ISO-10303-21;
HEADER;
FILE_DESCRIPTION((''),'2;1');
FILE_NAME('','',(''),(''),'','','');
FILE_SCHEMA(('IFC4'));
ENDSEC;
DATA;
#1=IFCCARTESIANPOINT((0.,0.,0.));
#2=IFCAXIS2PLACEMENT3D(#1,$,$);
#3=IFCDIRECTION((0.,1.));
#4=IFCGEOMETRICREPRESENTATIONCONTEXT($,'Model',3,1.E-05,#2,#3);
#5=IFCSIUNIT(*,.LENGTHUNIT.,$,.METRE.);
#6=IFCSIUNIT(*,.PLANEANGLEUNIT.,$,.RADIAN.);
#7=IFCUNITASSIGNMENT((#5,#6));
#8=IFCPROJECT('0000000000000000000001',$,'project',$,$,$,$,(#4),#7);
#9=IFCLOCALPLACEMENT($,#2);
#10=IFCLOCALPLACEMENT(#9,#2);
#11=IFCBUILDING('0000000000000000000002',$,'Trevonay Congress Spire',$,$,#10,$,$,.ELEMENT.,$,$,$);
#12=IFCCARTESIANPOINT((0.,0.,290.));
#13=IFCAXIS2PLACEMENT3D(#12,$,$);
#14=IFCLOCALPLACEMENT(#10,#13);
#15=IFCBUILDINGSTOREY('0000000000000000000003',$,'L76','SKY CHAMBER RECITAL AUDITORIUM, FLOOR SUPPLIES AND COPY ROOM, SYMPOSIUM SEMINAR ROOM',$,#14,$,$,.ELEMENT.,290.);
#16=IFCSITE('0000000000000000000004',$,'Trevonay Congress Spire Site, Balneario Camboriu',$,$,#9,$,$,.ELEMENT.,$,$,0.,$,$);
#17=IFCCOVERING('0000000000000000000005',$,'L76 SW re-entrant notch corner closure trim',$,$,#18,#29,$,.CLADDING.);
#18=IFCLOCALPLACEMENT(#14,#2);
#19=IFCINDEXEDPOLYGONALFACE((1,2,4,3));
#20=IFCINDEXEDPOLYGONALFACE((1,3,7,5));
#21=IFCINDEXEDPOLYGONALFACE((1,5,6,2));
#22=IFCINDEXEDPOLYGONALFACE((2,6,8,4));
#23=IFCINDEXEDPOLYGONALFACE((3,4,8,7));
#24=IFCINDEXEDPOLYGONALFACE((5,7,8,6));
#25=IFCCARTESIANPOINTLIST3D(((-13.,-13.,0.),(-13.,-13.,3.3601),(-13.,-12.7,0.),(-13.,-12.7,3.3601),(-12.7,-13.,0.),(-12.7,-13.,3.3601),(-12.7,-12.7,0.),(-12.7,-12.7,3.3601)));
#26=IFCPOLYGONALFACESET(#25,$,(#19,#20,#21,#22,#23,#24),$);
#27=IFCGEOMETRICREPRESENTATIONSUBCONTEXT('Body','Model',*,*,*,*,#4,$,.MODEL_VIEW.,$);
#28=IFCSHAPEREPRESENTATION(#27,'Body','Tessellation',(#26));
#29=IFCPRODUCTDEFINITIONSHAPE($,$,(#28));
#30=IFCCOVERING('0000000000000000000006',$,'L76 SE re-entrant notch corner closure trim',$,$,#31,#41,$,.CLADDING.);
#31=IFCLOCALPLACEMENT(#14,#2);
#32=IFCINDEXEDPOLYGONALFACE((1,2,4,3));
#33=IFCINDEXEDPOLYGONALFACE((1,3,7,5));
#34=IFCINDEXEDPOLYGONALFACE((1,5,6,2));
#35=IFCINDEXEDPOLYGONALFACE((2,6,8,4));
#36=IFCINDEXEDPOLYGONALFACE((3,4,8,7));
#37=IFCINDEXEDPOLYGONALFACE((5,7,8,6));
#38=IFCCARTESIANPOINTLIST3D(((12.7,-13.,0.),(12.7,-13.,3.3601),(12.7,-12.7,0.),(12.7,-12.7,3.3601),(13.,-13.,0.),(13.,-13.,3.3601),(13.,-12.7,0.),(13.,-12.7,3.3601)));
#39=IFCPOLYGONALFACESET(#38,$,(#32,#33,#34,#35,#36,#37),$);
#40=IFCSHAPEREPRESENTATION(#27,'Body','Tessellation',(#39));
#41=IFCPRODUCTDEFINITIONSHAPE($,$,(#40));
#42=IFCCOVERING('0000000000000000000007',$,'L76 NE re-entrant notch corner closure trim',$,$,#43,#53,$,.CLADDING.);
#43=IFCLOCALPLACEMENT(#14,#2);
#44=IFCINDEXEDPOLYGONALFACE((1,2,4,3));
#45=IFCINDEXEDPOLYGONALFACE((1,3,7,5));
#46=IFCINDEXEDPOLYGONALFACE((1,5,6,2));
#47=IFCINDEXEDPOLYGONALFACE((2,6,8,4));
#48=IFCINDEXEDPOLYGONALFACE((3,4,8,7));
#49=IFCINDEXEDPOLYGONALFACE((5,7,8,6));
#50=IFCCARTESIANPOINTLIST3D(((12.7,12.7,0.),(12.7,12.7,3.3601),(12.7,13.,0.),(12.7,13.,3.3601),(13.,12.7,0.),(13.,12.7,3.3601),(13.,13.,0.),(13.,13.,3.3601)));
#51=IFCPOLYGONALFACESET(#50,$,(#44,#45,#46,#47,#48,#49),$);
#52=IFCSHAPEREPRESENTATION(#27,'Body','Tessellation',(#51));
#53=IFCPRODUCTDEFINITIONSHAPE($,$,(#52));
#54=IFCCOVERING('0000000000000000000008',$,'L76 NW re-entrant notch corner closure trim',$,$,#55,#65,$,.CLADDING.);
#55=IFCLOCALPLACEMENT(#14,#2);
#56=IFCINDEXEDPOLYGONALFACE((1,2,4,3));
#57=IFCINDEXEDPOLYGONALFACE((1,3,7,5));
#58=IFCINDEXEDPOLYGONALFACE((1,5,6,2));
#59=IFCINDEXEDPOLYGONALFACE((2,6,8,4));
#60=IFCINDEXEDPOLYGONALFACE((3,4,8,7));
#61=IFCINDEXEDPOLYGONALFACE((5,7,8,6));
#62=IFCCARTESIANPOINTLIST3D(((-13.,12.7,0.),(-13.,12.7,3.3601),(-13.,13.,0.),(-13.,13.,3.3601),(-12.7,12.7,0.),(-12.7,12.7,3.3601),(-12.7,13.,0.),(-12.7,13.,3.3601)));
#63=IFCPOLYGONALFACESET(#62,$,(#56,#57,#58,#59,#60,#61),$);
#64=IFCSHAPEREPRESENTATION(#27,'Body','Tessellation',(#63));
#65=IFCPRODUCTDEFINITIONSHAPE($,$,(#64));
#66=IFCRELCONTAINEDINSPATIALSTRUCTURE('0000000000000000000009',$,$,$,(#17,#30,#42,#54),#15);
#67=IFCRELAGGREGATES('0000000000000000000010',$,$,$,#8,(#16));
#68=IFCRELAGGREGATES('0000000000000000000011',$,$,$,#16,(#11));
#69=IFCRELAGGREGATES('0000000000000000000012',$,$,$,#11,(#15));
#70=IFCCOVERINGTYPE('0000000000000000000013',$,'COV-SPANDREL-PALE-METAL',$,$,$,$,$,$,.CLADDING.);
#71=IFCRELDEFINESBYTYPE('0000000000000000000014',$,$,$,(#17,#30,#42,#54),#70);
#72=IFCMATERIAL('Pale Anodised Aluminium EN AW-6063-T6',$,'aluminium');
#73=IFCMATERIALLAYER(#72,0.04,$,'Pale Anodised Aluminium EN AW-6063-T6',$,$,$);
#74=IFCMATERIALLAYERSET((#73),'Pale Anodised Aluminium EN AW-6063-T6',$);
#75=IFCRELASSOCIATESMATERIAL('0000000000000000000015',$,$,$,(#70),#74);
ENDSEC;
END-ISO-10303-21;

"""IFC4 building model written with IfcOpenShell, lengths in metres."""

from ifc_helpers import new_model, si_unit, direction, frame, origin, place, context, subcontext, project, spatial, polyline, outline, extrude, material, layer, layer_set, type_object, element, save


model = new_model("IFC4")

# Units and contexts
model_context = context("Model", 3, precision=1e-05, world=origin(), true_north=direction((0.0, 1.0)))
body_context = subcontext(model_context, "Body", "Model", "MODEL_VIEW")
ifc_project = project(units=[si_unit("LENGTHUNIT", "METRE"), si_unit("PLANEANGLEUNIT", "RADIAN")], contexts=[model_context])

# Site, building, storey
site_placement = place(None, origin())
site = spatial("IfcSite", under=ifc_project, at=site_placement, Name="Trevonay Congress Spire Site, Balneario Camboriu", CompositionType="ELEMENT", RefElevation=0.0)
building_placement = place(site_placement, origin())
building = spatial("IfcBuilding", under=site, at=building_placement, Name="Trevonay Congress Spire", CompositionType="ELEMENT")
storey_placement = place(building_placement, frame((0.0, 0.0, 290.0)))
storey = spatial("IfcBuildingStorey", under=building, at=storey_placement, Name="L76", Description="SKY CHAMBER RECITAL AUDITORIUM, FLOOR SUPPLIES AND COPY ROOM, SYMPOSIUM SEMINAR ROOM", CompositionType="ELEMENT", Elevation=290.0)

# Shared definitions
ifc_material_1 = material(Name="Pale Anodised Aluminium EN AW-6063-T6", Category="aluminium")

# Coverings
ifc_layer_1 = layer(ifc_material_1, 0.04, Name="Pale Anodised Aluminium EN AW-6063-T6")
ifc_layer_set_1 = layer_set([ifc_layer_1], Name="Pale Anodised Aluminium EN AW-6063-T6")
covering_type = type_object("IfcCoveringType", Name="COV-SPANDREL-PALE-METAL", PredefinedType="CLADDING", material=ifc_layer_set_1)
covering_1_placement = place(storey_placement, origin())
element("IfcCovering", 1, at=covering_1_placement, inside=storey, type_object=covering_type, Name="L76 SW re-entrant notch corner closure trim", PredefinedType="CLADDING", context=body_context, shape_type="SweptSolid", body=[
    extrude(outline(polyline([(-13.0, -13.0), (-12.7, -13.0), (-12.7, -12.7), (-13.0, -12.7), (-13.0, -13.0)])), origin(), (0.0, 0.0, 1.0), 3.3601),
])
covering_2_placement = place(storey_placement, origin())
element("IfcCovering", 2, at=covering_2_placement, inside=storey, type_object=covering_type, Name="L76 SE re-entrant notch corner closure trim", PredefinedType="CLADDING", context=body_context, shape_type="SweptSolid", body=[
    extrude(outline(polyline([(12.7, -13.0), (13.0, -13.0), (13.0, -12.7), (12.7, -12.7), (12.7, -13.0)])), origin(), (0.0, 0.0, 1.0), 3.3601),
])
covering_3_placement = place(storey_placement, origin())
element("IfcCovering", 3, at=covering_3_placement, inside=storey, type_object=covering_type, Name="L76 NE re-entrant notch corner closure trim", PredefinedType="CLADDING", context=body_context, shape_type="SweptSolid", body=[
    extrude(outline(polyline([(12.7, 12.7), (13.0, 12.7), (13.0, 13.0), (12.7, 13.0), (12.7, 12.7)])), origin(), (0.0, 0.0, 1.0), 3.3601),
])
covering_4_placement = place(storey_placement, origin())
element("IfcCovering", 4, at=covering_4_placement, inside=storey, type_object=covering_type, Name="L76 NW re-entrant notch corner closure trim", PredefinedType="CLADDING", context=body_context, shape_type="SweptSolid", body=[
    extrude(outline(polyline([(-13.0, 12.7), (-12.7, 12.7), (-12.7, 13.0), (-13.0, 13.0), (-13.0, 12.7)])), origin(), (0.0, 0.0, 1.0), 3.3601),
])

save(model, "model.ifc")
